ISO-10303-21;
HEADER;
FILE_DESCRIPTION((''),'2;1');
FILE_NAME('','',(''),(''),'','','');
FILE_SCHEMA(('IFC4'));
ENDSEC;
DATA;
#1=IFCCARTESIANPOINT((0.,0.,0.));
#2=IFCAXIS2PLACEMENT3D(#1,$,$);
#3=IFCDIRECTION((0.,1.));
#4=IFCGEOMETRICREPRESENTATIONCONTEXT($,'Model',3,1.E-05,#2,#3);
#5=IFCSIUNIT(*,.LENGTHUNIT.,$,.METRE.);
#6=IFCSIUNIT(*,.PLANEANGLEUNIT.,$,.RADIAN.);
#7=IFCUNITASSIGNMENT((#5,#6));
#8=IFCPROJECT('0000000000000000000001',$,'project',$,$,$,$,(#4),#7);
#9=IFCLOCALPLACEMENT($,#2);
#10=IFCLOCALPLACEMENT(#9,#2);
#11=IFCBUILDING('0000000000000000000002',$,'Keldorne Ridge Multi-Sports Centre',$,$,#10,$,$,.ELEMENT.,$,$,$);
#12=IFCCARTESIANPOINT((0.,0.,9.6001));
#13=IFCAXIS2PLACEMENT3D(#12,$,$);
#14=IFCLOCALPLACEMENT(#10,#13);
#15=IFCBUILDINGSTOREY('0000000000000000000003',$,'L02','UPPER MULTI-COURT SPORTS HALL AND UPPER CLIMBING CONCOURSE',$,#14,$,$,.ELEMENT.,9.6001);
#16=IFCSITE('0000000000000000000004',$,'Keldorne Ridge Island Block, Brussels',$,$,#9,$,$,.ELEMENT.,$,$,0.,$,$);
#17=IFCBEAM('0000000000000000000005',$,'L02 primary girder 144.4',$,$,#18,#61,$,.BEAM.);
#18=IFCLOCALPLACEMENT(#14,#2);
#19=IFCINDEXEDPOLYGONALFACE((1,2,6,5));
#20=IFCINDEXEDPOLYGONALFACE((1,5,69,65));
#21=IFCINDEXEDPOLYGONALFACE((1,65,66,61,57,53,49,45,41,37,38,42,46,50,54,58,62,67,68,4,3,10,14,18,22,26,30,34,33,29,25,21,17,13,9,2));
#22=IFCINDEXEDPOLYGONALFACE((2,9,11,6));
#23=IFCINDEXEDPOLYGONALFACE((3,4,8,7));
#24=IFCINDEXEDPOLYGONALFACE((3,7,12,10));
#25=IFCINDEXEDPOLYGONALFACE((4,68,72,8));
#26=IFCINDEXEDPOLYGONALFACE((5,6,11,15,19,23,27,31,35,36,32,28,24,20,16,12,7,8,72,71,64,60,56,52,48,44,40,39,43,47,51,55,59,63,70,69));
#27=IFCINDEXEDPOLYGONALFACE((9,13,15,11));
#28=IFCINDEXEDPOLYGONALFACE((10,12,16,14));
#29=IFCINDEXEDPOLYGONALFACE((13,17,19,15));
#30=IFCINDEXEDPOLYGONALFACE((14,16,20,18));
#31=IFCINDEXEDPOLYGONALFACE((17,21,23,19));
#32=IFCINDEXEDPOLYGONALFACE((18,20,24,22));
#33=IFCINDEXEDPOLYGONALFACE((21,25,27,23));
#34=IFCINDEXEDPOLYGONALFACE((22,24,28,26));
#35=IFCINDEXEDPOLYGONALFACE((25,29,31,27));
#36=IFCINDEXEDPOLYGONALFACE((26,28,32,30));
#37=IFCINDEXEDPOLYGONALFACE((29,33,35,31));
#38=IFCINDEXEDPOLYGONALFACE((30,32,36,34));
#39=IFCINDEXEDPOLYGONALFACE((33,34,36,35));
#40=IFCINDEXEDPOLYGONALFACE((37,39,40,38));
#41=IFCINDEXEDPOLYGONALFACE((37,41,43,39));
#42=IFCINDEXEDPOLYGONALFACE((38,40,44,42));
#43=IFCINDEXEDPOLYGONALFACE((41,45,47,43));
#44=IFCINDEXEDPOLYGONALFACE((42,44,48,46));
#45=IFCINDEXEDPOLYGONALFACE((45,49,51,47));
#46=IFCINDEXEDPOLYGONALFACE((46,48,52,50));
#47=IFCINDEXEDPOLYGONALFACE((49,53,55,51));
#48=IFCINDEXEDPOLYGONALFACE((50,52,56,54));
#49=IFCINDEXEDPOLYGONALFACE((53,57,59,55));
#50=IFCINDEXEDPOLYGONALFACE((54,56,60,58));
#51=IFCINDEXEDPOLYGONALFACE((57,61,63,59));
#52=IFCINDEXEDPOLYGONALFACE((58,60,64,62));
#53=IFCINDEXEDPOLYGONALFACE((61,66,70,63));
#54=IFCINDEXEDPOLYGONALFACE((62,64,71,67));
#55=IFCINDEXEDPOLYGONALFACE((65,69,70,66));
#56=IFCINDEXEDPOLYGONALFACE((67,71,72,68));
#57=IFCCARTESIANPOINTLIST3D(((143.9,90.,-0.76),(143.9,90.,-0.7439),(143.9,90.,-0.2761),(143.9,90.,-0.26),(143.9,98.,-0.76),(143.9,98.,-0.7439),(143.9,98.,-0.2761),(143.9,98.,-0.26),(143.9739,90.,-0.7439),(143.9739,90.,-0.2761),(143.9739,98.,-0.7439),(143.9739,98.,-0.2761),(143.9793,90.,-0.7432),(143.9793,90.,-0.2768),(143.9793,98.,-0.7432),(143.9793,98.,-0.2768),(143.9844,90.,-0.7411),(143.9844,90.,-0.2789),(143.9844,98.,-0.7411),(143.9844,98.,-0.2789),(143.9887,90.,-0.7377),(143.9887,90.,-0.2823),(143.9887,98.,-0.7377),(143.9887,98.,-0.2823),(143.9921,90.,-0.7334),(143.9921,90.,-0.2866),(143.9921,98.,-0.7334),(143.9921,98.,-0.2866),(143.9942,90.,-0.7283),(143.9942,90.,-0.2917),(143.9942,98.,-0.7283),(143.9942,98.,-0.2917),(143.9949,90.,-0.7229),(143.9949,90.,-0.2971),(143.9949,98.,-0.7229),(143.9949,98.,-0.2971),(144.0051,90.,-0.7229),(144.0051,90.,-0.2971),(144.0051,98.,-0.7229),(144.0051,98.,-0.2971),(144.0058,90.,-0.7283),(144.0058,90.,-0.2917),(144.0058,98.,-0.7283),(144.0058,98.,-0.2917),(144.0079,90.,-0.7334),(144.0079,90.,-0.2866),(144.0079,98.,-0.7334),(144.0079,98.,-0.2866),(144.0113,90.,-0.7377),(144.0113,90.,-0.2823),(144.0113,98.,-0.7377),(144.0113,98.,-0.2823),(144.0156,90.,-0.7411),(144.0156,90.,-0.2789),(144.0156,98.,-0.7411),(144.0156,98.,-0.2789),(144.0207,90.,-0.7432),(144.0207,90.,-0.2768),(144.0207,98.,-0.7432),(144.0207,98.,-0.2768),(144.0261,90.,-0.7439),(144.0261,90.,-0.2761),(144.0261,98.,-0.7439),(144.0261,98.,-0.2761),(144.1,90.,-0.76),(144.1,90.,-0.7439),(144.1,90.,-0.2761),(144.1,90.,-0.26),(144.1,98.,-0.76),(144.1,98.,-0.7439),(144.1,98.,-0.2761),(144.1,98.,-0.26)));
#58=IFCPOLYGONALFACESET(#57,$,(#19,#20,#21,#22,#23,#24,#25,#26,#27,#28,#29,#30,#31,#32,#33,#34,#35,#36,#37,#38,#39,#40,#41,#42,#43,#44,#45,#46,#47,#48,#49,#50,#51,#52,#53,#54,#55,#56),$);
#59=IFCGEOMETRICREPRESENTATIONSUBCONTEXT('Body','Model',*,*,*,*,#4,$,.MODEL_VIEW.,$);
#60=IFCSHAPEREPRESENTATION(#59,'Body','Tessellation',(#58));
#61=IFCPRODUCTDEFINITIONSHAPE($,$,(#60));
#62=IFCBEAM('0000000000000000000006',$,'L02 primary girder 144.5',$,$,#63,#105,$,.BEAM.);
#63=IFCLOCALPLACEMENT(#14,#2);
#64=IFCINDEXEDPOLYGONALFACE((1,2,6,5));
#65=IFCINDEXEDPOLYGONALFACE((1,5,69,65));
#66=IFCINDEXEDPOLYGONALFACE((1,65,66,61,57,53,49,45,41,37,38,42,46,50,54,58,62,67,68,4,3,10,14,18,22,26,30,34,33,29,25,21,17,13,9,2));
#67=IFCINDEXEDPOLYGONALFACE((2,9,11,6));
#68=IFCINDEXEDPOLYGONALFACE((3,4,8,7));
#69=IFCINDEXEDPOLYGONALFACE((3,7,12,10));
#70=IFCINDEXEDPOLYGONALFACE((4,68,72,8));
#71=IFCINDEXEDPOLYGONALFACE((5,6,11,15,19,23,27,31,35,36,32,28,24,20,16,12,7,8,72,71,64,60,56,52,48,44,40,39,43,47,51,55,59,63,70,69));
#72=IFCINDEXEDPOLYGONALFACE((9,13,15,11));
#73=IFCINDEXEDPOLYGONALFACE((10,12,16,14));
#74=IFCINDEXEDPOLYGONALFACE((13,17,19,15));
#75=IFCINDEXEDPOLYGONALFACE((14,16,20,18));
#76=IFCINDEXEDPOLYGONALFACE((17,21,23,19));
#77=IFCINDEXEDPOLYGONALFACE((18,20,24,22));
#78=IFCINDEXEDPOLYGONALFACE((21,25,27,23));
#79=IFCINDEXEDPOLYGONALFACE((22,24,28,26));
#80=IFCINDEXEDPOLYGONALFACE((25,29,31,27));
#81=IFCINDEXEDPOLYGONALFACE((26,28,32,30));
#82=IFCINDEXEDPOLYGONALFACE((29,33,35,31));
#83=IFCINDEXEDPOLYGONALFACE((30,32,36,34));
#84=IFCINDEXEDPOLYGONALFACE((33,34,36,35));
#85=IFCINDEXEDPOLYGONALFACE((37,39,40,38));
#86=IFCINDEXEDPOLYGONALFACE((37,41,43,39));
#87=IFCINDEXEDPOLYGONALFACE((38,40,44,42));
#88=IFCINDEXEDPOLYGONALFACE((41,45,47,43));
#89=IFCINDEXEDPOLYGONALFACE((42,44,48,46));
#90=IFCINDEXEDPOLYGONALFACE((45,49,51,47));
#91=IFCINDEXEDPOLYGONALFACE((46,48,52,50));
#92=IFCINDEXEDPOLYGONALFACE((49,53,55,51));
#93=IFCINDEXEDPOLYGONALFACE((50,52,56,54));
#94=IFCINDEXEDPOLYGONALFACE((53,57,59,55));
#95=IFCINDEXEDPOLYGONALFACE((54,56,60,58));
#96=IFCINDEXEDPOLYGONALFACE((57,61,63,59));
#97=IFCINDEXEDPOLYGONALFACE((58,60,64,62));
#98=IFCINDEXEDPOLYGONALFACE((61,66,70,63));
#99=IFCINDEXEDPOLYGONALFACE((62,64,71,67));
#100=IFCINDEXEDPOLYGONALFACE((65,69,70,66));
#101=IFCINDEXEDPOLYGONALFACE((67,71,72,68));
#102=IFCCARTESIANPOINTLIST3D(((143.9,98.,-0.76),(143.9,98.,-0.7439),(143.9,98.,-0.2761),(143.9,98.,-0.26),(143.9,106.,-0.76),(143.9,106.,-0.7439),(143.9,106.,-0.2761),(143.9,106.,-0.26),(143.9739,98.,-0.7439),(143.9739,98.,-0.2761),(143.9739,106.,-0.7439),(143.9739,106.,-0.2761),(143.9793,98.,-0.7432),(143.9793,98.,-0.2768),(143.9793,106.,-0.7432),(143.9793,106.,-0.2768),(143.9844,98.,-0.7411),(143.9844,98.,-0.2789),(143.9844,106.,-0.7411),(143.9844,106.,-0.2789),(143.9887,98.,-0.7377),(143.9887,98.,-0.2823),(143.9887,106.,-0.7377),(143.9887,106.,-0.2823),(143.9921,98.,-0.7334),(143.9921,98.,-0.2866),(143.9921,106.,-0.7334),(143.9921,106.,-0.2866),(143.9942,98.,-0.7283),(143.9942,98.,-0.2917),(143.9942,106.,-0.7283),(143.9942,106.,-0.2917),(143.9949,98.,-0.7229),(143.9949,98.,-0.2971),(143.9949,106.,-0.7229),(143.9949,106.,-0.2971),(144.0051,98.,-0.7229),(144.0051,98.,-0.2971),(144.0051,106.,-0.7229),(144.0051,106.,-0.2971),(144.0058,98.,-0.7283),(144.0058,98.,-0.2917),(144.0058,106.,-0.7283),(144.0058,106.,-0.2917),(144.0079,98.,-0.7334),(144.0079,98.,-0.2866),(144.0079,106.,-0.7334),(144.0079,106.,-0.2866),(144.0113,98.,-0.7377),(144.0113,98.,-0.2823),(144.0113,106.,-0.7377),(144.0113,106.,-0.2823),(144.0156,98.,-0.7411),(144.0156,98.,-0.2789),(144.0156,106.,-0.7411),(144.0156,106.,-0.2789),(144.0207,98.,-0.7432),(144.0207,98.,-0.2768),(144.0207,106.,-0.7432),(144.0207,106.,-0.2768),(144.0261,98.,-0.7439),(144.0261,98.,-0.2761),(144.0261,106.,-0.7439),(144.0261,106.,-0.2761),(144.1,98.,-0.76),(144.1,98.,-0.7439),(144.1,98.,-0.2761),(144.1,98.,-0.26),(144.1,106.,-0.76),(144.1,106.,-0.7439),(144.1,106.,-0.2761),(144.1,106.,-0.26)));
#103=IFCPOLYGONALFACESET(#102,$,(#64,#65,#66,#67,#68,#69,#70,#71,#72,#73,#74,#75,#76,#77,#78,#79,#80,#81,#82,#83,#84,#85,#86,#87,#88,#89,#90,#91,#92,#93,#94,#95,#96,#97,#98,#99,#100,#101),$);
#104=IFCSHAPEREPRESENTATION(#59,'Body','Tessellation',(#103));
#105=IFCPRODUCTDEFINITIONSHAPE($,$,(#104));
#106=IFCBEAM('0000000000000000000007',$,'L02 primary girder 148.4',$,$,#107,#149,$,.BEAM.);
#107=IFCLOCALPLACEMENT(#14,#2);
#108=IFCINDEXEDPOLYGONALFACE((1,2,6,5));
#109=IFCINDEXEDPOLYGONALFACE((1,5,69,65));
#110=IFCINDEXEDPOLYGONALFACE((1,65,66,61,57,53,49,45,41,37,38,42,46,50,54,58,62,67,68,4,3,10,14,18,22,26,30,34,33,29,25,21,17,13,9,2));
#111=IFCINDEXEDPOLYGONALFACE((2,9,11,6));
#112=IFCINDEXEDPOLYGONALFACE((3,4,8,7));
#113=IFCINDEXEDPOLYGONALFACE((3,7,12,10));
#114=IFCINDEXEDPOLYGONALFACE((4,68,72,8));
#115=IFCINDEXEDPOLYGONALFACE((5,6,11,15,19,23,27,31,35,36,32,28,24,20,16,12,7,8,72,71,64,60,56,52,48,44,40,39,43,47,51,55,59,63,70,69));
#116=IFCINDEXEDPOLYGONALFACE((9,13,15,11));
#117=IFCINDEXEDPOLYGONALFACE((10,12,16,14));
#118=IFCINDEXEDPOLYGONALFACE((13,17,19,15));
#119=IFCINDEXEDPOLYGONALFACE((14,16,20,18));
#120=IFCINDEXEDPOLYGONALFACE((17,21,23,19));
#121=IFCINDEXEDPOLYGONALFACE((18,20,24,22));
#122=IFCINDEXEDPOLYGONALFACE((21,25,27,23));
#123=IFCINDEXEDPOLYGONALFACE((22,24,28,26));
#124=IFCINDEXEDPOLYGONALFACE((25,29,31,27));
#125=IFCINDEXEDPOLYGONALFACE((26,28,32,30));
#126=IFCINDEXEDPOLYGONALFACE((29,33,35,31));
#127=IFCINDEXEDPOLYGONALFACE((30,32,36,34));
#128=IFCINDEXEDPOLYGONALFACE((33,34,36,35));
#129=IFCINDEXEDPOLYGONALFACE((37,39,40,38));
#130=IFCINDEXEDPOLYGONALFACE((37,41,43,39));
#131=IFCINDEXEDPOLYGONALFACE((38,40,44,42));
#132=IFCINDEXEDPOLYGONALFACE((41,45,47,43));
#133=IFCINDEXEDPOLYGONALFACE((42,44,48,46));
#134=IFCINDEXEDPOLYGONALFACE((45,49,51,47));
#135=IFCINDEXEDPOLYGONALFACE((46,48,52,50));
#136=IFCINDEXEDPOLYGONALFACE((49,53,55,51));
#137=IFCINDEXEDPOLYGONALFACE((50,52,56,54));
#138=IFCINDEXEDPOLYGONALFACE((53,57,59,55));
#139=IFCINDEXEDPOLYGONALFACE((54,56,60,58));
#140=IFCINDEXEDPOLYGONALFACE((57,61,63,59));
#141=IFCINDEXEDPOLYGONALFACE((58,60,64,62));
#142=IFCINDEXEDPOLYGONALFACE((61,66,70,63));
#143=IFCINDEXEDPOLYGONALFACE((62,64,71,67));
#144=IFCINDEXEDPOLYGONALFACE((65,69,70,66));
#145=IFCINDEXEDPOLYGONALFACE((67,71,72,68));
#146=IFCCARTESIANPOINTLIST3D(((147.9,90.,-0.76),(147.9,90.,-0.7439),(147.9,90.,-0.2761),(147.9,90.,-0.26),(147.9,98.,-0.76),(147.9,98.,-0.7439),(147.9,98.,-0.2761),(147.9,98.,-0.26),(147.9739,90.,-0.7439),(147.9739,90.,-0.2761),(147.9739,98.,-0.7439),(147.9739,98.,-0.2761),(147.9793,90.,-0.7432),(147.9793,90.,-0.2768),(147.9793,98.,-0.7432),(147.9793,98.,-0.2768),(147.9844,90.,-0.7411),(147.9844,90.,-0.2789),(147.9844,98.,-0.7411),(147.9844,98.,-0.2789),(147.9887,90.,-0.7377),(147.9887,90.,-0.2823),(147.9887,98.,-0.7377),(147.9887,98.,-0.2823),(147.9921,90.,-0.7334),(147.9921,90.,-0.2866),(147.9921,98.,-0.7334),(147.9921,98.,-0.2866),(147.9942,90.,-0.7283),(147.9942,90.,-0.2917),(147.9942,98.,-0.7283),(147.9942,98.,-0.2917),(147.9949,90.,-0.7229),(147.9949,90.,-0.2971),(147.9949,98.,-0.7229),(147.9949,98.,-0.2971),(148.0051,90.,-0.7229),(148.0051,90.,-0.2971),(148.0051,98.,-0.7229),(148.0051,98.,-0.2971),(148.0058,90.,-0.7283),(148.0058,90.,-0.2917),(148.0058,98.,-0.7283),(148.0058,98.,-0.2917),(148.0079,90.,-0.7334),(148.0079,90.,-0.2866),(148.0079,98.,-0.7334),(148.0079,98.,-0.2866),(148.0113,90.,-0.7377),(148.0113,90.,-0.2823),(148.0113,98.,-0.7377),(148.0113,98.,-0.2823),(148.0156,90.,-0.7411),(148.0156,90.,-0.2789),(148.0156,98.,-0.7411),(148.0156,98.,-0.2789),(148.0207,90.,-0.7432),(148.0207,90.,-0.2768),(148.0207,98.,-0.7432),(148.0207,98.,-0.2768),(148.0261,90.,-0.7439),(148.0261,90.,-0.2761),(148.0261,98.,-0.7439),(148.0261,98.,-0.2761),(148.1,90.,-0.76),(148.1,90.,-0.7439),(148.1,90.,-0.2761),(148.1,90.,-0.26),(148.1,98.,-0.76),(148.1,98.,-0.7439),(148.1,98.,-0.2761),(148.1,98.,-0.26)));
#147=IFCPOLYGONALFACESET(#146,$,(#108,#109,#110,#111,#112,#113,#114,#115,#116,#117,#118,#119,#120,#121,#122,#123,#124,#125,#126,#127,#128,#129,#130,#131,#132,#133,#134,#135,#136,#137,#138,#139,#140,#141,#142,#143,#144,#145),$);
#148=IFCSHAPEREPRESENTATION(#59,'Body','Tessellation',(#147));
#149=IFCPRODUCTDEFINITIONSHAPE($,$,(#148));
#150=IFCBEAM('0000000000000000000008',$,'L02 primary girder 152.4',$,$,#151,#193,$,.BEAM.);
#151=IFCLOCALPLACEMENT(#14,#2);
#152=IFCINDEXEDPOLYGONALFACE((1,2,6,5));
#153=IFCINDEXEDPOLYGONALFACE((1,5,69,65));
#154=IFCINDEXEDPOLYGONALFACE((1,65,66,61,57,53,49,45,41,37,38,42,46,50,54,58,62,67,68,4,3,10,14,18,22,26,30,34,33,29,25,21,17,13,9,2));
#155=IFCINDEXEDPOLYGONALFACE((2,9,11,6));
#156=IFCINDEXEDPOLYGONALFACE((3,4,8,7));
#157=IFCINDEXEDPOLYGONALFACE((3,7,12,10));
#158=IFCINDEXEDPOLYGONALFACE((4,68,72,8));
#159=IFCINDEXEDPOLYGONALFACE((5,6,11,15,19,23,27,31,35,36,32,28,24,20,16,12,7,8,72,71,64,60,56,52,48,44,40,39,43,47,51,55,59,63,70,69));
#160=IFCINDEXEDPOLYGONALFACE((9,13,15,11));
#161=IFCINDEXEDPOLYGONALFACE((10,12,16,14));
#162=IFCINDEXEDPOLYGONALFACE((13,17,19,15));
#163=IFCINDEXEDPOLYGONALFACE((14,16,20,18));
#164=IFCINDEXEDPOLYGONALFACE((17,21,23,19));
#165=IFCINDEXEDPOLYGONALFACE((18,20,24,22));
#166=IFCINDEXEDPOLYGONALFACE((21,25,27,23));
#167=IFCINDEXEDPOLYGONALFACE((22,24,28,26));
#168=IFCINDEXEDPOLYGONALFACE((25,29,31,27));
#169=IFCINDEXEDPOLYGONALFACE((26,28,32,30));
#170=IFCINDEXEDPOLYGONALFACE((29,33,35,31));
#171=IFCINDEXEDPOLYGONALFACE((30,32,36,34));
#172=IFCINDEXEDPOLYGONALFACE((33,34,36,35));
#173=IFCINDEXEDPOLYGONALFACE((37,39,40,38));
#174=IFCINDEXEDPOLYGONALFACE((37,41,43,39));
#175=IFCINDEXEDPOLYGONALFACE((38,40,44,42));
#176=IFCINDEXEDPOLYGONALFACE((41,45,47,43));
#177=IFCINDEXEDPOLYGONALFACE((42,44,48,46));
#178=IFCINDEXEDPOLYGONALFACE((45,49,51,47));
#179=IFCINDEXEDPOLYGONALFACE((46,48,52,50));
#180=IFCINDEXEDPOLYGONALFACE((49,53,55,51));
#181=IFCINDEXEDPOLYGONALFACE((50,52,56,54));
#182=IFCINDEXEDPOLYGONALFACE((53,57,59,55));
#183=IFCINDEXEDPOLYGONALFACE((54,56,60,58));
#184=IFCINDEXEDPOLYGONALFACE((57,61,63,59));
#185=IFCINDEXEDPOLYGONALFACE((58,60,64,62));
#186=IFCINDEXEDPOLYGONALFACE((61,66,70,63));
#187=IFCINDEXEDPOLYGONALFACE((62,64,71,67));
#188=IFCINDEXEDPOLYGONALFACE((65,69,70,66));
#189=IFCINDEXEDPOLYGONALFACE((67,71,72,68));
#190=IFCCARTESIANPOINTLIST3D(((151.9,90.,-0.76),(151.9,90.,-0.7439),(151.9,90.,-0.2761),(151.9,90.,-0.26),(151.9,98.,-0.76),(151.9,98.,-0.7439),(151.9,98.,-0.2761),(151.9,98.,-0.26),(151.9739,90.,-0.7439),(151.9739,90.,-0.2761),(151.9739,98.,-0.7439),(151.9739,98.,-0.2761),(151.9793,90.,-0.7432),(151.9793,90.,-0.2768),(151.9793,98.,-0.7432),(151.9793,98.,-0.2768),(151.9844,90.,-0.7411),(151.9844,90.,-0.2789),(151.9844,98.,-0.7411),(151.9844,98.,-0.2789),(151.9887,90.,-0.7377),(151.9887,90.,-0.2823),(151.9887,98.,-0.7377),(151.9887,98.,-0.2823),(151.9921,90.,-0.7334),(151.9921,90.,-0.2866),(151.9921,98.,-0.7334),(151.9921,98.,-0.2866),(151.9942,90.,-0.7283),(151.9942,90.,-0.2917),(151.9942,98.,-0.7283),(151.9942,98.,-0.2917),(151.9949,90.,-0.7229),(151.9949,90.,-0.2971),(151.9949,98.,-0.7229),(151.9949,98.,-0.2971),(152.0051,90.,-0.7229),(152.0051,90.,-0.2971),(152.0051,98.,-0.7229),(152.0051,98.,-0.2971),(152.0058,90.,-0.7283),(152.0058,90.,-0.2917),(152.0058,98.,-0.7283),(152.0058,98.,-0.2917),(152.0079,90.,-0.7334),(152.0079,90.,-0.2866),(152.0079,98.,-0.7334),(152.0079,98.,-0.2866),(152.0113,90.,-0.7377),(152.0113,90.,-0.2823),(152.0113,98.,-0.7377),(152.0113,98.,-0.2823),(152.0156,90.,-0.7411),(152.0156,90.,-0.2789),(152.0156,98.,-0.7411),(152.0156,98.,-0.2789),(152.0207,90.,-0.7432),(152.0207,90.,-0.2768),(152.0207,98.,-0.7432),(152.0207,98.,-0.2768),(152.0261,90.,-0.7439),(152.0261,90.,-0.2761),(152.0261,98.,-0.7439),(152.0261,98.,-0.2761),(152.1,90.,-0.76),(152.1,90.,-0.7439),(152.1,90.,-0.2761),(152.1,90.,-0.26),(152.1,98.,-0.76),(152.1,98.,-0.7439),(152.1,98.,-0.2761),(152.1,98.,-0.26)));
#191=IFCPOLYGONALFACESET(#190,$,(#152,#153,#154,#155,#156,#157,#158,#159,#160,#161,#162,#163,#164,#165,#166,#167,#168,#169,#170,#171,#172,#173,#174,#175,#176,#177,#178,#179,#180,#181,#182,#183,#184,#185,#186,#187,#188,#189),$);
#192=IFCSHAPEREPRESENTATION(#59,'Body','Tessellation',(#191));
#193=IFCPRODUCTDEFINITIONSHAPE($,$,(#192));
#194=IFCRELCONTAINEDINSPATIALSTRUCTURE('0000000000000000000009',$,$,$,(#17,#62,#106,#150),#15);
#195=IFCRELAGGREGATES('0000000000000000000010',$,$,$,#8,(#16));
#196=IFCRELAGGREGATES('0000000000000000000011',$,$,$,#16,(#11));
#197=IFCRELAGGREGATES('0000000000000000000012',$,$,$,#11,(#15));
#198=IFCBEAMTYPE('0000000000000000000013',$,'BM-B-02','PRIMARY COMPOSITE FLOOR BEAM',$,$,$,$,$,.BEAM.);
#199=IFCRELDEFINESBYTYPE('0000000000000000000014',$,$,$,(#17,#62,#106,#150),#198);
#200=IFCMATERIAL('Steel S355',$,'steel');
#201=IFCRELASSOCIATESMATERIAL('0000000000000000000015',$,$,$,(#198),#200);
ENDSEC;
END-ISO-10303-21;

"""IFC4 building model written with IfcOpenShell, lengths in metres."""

from ifc_helpers import new_model, si_unit, direction, frame, origin, origin_2d, place, context, subcontext, project, spatial, i_section, extrude, material, material_profile, profile_set, type_object, element, save


model = new_model("IFC4")

# Units and contexts
model_context = context("Model", 3, precision=1e-05, world=origin(), true_north=direction((0.0, 1.0)))
body_context = subcontext(model_context, "Body", "Model", "MODEL_VIEW")
ifc_project = project(units=[si_unit("LENGTHUNIT", "METRE"), si_unit("PLANEANGLEUNIT", "RADIAN")], contexts=[model_context])

# Site, building, storey
site_placement = place(None, origin())
site = spatial("IfcSite", under=ifc_project, at=site_placement, Name="Keldorne Ridge Island Block, Brussels", CompositionType="ELEMENT", RefElevation=0.0)
building_placement = place(site_placement, origin())
building = spatial("IfcBuilding", under=site, at=building_placement, Name="Keldorne Ridge Multi-Sports Centre", CompositionType="ELEMENT")
storey_placement = place(building_placement, frame((0.0, 0.0, 9.6001)))
storey = spatial("IfcBuildingStorey", under=building, at=storey_placement, Name="L02", Description="UPPER MULTI-COURT SPORTS HALL AND UPPER CLIMBING CONCOURSE", CompositionType="ELEMENT", Elevation=9.6001)

# Shared definitions
ifc_material_1 = material(Name="Steel S355", Category="steel")

# Beams
ifc_material_profile_1 = material_profile(ifc_material_1, i_section(OverallWidth=0.2, OverallDepth=0.5, WebThickness=0.0103, FlangeThickness=0.0161, FilletRadius=0.021, at=origin_2d()), Name="IPE 500")
ifc_profile_set_1 = profile_set([ifc_material_profile_1], Name="Steel S355")
beam_type_1 = type_object("IfcBeamType", Name="BM-B-02", Description="PRIMARY COMPOSITE FLOOR BEAM", PredefinedType="BEAM", material=ifc_profile_set_1)
for number, where, z_axis, x_axis, name in (
    (1, (144.0, 90.0, -0.51), (0.0, 1.0, 0.0), (-1.0, 0.0, 0.0), "L02 primary girder 144.4"),
    (2, (144.0, 98.0, -0.51), (0.0, 1.0, 0.0), (-1.0, 0.0, 0.0), "L02 primary girder 144.5"),
    (3, (148.0, 90.0, -0.51), (0.0, 1.0, 0.0), (-1.0, 0.0, 0.0), "L02 primary girder 148.4"),
    (4, (152.0, 90.0, -0.51), (0.0, 1.0, 0.0), (-1.0, 0.0, 0.0), "L02 primary girder 152.4"),
):
    element("IfcBeam", number, at=place(storey_placement, frame(where, z_axis=z_axis, x_axis=x_axis)), inside=storey, type_object=beam_type_1, Name=name, PredefinedType="BEAM", context=body_context, shape_type="SweptSolid", body=[
        extrude(i_section(OverallWidth=0.2, OverallDepth=0.5, WebThickness=0.0103, FlangeThickness=0.0161, FilletRadius=0.021, at=origin_2d()), origin(), (0.0, 0.0, 1.0), 8.0),
    ])

save(model, "model.ifc")
